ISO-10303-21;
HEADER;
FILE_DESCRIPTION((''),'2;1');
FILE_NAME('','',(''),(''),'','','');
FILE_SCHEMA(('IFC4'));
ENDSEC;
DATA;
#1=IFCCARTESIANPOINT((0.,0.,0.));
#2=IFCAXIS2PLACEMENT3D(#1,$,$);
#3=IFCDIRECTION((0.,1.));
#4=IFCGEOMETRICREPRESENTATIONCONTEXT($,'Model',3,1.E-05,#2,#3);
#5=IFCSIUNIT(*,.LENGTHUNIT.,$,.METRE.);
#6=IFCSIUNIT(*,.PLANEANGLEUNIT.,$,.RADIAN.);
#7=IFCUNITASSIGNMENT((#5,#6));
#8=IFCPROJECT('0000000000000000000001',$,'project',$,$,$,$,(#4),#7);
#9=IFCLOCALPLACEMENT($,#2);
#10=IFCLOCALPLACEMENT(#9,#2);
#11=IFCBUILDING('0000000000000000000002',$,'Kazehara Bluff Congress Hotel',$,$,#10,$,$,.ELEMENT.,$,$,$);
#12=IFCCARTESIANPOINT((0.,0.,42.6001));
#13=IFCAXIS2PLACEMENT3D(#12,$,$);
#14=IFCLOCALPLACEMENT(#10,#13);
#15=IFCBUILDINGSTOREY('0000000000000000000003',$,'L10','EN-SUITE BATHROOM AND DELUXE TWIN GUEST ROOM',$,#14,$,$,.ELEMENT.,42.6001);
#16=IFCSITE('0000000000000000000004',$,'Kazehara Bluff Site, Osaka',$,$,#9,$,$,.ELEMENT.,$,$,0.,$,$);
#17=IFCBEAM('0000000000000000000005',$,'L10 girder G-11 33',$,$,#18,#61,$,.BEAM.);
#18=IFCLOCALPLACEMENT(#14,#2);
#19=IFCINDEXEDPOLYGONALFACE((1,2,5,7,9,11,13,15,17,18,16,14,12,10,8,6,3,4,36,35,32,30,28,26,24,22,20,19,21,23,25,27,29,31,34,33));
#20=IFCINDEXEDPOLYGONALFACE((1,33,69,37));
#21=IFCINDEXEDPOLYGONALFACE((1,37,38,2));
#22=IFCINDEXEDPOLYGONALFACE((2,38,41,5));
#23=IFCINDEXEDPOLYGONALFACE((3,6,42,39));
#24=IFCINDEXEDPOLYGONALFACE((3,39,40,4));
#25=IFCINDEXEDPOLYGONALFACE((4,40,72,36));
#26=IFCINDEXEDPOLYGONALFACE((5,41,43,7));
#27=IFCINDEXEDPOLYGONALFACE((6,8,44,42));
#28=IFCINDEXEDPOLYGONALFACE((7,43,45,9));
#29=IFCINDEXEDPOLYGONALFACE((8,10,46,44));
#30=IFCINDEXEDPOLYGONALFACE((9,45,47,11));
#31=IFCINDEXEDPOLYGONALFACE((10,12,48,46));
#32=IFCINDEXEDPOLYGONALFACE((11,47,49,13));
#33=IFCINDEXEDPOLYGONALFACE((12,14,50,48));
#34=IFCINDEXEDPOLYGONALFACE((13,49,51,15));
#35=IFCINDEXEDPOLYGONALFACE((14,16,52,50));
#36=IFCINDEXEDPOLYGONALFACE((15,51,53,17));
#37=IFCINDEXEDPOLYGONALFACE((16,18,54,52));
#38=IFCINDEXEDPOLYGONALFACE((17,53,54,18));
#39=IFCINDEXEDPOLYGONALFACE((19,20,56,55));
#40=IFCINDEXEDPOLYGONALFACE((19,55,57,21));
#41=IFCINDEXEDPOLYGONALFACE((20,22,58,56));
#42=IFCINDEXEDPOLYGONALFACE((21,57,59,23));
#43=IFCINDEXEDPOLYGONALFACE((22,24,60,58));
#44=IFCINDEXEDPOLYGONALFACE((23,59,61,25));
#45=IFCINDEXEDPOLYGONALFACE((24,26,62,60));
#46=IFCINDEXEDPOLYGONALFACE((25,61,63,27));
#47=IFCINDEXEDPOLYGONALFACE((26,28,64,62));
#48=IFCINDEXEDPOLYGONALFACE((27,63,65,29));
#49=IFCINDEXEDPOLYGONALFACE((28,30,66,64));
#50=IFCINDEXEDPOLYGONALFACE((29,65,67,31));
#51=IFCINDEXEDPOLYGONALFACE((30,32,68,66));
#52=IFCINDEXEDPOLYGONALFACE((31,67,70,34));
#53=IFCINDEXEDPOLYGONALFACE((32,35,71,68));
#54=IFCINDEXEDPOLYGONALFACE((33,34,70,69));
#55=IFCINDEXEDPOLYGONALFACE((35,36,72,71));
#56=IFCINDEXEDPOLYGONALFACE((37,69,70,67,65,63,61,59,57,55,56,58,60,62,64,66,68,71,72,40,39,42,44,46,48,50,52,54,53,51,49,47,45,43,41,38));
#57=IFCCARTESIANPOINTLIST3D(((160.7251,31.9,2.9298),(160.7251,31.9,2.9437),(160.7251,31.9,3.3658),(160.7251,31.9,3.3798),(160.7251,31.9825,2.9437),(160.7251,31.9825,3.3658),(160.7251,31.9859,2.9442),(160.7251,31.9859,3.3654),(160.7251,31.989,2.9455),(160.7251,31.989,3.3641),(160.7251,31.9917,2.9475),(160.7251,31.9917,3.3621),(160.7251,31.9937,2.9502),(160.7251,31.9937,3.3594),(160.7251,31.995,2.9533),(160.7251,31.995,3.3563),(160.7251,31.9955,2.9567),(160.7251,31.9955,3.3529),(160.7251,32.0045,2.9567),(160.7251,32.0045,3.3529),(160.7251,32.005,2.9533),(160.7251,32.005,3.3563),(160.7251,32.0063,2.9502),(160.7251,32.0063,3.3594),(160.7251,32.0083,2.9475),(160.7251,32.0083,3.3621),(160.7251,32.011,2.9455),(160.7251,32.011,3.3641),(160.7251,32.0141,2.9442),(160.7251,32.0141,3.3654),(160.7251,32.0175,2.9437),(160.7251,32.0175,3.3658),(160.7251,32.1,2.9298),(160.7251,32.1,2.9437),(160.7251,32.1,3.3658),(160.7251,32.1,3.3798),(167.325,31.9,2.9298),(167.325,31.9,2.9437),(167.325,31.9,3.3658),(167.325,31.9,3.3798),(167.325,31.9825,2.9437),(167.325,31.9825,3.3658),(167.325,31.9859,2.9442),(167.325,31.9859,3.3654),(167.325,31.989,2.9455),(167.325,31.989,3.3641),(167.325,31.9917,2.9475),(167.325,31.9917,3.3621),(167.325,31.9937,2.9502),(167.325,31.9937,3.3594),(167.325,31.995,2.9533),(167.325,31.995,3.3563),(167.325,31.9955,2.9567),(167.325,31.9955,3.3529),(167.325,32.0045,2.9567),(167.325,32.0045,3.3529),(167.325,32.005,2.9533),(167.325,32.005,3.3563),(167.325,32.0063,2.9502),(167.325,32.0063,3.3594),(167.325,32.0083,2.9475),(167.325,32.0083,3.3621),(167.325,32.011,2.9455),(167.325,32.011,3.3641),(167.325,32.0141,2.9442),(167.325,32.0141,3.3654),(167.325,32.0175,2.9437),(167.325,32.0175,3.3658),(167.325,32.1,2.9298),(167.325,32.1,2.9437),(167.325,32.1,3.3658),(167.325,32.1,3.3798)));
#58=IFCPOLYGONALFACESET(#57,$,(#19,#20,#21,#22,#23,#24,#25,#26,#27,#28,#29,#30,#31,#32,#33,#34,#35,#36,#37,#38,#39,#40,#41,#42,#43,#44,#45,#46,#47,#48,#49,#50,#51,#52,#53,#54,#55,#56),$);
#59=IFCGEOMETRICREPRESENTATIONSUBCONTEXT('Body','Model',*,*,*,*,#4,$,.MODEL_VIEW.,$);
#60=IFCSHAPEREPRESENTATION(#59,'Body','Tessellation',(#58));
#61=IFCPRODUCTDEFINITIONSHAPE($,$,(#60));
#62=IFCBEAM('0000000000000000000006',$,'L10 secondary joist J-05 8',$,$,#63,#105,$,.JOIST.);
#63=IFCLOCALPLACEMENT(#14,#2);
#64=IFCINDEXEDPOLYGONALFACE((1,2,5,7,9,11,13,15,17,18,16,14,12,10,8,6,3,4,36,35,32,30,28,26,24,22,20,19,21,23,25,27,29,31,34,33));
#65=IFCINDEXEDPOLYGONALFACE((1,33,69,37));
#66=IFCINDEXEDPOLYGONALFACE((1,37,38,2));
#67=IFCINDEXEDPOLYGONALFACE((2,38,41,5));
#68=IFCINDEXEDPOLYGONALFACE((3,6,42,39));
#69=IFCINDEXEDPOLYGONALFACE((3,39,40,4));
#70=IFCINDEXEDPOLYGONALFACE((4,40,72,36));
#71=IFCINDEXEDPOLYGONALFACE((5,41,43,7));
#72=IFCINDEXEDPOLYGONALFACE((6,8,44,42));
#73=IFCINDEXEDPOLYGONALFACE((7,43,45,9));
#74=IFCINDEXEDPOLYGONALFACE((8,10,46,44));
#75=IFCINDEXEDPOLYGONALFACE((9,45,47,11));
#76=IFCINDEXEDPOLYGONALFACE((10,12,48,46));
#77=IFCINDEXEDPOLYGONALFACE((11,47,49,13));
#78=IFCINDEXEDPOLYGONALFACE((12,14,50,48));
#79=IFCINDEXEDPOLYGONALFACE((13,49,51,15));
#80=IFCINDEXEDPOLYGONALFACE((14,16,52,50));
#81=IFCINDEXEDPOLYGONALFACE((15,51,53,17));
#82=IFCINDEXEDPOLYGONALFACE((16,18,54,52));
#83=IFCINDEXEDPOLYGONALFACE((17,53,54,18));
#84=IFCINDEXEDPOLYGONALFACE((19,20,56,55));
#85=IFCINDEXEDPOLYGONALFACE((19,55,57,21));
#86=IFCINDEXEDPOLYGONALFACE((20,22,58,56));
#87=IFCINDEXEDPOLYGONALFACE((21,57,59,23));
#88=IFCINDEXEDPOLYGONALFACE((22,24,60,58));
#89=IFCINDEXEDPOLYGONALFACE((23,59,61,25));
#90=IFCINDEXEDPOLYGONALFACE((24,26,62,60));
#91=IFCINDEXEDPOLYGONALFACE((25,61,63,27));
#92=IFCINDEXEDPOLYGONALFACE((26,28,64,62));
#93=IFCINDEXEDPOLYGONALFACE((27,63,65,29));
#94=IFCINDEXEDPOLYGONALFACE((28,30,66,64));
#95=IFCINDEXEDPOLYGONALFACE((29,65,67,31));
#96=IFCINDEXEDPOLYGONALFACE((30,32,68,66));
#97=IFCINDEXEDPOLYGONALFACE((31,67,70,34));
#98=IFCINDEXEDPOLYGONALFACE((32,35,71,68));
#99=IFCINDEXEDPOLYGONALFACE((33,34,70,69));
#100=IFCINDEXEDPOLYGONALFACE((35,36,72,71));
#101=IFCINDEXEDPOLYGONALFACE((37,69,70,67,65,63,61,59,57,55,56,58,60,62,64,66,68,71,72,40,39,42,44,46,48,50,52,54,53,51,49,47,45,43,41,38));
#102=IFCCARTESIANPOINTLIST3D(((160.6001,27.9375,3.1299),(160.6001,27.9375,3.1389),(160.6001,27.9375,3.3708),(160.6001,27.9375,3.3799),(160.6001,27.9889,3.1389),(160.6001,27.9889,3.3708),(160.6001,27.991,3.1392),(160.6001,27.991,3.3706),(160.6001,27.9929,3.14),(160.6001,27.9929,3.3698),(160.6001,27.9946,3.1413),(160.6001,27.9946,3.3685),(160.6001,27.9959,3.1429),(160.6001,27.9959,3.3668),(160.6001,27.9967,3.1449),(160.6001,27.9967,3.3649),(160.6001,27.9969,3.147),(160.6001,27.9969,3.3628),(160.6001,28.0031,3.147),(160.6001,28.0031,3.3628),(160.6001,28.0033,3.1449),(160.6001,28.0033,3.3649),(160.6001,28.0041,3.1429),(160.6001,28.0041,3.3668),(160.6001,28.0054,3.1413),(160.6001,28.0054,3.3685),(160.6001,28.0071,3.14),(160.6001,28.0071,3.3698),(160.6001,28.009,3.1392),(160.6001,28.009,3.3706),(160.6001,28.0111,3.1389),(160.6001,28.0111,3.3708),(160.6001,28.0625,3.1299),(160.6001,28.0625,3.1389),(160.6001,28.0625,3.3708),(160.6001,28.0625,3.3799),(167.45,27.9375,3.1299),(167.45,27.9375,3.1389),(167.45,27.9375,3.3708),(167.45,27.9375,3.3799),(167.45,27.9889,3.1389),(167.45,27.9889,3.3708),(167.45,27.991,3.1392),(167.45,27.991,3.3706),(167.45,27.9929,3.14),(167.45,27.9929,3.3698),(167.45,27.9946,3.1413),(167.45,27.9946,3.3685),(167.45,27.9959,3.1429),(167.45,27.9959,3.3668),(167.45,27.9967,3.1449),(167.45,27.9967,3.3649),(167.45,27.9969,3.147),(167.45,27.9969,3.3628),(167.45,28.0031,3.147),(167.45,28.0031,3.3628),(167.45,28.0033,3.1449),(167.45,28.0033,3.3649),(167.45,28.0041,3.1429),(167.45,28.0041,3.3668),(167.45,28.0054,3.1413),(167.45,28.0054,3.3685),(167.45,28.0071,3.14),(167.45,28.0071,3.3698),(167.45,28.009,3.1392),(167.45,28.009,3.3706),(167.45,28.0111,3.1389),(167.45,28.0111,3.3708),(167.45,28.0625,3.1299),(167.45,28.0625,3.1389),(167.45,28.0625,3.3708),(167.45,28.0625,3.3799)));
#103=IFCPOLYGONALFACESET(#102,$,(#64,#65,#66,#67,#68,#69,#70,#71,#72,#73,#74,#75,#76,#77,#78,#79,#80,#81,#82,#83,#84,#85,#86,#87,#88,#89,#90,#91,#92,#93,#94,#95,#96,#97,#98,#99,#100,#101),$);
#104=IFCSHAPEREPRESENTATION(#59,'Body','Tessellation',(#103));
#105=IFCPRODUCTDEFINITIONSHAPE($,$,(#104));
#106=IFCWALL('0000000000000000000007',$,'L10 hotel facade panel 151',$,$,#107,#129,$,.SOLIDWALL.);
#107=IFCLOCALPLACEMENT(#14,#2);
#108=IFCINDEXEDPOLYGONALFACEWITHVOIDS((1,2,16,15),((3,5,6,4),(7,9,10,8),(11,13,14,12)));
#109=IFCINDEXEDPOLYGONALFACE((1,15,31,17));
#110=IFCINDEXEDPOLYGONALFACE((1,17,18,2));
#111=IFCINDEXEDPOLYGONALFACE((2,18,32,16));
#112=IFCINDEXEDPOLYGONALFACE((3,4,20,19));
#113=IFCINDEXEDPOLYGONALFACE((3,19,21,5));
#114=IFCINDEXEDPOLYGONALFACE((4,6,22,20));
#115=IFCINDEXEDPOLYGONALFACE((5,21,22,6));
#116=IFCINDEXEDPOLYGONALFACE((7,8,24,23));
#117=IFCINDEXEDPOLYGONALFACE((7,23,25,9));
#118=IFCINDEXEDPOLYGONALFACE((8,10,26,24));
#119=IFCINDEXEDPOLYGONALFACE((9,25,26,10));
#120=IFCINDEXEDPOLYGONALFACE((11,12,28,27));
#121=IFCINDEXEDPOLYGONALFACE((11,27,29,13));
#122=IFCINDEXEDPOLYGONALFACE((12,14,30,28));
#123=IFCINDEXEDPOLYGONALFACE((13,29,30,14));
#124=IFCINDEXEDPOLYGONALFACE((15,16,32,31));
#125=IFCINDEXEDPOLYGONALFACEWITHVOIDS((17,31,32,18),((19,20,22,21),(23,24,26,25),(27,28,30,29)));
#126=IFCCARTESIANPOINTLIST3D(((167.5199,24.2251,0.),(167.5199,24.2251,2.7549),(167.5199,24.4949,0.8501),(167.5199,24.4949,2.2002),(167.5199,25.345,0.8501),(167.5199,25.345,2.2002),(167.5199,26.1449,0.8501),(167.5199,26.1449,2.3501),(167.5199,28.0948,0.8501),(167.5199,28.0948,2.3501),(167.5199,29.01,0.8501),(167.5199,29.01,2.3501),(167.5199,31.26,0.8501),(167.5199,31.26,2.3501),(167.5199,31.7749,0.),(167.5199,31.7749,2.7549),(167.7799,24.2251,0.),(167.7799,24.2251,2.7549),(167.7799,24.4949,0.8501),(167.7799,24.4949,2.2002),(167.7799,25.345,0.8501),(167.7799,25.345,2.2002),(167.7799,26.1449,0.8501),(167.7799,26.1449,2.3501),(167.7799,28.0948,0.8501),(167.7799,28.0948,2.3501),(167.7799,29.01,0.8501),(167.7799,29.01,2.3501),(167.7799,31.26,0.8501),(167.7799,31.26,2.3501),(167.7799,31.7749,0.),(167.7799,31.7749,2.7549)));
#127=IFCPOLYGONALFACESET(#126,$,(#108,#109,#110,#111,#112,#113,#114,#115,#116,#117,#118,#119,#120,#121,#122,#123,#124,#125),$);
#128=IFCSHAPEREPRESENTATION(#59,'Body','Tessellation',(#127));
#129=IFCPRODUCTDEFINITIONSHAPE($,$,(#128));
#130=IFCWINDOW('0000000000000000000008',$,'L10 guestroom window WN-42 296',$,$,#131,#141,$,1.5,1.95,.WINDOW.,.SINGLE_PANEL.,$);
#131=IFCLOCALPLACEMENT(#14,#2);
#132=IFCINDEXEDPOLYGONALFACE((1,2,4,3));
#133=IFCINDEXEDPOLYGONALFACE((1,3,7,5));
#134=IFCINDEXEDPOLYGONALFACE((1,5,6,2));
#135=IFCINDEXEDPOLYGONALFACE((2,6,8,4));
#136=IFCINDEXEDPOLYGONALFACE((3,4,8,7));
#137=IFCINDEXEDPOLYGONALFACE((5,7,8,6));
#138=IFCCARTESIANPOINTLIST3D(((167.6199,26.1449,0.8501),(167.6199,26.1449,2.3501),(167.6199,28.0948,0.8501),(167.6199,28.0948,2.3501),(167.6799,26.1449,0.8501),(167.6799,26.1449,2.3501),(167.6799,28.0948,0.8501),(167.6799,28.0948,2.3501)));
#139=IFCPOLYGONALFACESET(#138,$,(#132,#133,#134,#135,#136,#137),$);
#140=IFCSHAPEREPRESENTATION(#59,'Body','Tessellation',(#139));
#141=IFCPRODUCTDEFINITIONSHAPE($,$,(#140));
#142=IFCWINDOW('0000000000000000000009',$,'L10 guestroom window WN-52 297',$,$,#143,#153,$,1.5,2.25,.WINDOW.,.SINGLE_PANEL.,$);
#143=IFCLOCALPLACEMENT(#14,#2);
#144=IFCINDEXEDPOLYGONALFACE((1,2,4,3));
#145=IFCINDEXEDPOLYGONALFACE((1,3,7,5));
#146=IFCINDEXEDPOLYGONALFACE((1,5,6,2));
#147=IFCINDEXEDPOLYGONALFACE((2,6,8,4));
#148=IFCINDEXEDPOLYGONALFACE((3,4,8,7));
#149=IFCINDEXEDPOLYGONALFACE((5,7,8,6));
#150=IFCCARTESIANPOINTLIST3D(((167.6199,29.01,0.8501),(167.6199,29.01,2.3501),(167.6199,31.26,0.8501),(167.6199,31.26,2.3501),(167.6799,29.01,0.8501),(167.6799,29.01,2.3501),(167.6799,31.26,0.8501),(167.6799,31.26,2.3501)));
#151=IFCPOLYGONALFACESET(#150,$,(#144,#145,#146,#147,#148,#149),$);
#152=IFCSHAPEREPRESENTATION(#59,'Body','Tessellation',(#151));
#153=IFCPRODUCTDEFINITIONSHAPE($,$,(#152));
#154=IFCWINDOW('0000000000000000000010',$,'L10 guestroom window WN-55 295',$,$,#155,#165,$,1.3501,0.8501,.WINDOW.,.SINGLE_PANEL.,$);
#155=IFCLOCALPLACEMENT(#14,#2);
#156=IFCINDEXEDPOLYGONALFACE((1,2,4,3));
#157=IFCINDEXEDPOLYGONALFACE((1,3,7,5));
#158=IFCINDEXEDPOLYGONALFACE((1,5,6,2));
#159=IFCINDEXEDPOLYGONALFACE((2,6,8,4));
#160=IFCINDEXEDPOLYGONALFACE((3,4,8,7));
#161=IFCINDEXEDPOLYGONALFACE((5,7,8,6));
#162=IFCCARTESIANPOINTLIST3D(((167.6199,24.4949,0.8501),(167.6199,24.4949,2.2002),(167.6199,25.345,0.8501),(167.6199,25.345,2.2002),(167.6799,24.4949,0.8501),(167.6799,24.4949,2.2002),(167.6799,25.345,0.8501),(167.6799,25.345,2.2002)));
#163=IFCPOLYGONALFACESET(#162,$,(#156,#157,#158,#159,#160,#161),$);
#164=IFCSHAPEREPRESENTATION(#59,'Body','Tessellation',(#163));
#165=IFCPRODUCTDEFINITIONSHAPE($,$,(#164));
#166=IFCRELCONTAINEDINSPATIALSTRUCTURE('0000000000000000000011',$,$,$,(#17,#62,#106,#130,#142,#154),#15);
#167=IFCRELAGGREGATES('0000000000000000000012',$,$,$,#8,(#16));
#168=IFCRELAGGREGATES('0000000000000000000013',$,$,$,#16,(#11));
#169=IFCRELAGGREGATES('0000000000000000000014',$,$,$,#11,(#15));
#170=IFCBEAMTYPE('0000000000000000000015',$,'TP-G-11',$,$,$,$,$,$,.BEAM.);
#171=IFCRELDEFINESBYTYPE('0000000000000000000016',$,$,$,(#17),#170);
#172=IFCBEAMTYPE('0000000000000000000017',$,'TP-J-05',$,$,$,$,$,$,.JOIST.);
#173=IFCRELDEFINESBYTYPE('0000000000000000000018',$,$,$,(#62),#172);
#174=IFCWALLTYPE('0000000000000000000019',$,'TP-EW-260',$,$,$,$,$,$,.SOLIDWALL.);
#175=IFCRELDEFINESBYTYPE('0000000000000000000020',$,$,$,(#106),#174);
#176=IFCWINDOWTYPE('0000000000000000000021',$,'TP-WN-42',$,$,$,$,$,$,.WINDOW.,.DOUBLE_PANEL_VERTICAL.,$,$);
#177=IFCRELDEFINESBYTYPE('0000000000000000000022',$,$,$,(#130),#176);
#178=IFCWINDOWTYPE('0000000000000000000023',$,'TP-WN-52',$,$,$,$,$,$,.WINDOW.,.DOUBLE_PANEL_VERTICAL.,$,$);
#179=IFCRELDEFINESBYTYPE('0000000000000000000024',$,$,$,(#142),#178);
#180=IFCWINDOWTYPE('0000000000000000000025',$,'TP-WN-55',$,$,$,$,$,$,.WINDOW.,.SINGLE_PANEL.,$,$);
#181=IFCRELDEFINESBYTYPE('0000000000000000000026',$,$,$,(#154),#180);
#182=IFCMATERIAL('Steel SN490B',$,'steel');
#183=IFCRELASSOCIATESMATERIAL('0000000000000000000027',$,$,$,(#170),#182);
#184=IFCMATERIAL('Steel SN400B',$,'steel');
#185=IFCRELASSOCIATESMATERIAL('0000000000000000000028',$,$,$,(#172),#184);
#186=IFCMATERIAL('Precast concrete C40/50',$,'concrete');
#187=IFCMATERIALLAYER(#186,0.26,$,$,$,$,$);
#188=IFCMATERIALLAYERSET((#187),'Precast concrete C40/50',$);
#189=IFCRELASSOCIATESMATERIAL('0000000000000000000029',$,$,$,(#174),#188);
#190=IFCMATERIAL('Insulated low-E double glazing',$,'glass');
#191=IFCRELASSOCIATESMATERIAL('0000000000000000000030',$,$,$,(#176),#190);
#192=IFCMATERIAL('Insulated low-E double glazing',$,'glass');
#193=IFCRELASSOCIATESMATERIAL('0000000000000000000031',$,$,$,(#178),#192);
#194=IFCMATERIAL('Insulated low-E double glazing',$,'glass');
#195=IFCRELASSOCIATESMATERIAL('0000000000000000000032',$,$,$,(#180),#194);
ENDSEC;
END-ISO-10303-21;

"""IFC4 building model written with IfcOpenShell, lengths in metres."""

from ifc_helpers import new_model, si_unit, direction, frame, frame_2d, origin, origin_2d, place, context, subcontext, project, spatial, rectangle, i_section, extrude, material, layer, layer_set, material_profile, profile_set, type_object, element, fill, save


model = new_model("IFC4")

# Units and contexts
model_context = context("Model", 3, precision=1e-05, world=origin(), true_north=direction((0.0, 1.0)))
body_context = subcontext(model_context, "Body", "Model", "MODEL_VIEW")
ifc_project = project(units=[si_unit("LENGTHUNIT", "METRE"), si_unit("PLANEANGLEUNIT", "RADIAN")], contexts=[model_context])

# Site, building, storey
site_placement = place(None, origin())
site = spatial("IfcSite", under=ifc_project, at=site_placement, Name="Kazehara Bluff Site, Osaka", CompositionType="ELEMENT", RefElevation=0.0)
building_placement = place(site_placement, origin())
building = spatial("IfcBuilding", under=site, at=building_placement, Name="Kazehara Bluff Congress Hotel", CompositionType="ELEMENT")
storey_placement = place(building_placement, frame((0.0, 0.0, 42.6001)))
storey = spatial("IfcBuildingStorey", under=building, at=storey_placement, Name="L10", Description="EN-SUITE BATHROOM AND DELUXE TWIN GUEST ROOM", CompositionType="ELEMENT", Elevation=42.6001)

# Beams
ifc_material_1 = material(Name="Steel SN490B", Category="steel")
ifc_material_profile_1 = material_profile(ifc_material_1, i_section(OverallWidth=0.2, OverallDepth=0.45, WebThickness=0.009, FlangeThickness=0.0139, FilletRadius=0.0129, at=origin_2d()))
ifc_profile_set_1 = profile_set([ifc_material_profile_1], Name="Steel SN490B")
beam_type_1 = type_object("IfcBeamType", Name="TP-G-11", PredefinedType="BEAM", material=ifc_profile_set_1)
beam_1_placement = place(storey_placement, frame((160.7251, 32.0, 3.1548), z_axis=(1.0, 0.0, 0.0), x_axis=(0.0, 1.0, 0.0)))
element("IfcBeam", 1, at=beam_1_placement, inside=storey, type_object=beam_type_1, Name="L10 girder G-11 33", PredefinedType="BEAM", context=body_context, shape_type="SweptSolid", body=[
    extrude(i_section(OverallWidth=0.2, OverallDepth=0.45, WebThickness=0.009, FlangeThickness=0.0139, FilletRadius=0.0129, at=origin_2d()), origin(), (0.0, 0.0, 1.0), 6.5999),
])
ifc_material_2 = material(Name="Steel SN400B", Category="steel")
ifc_material_profile_2 = material_profile(ifc_material_2, i_section(OverallWidth=0.125, OverallDepth=0.25, WebThickness=0.0061, FlangeThickness=0.009, FilletRadius=0.0081, at=origin_2d()))
ifc_profile_set_2 = profile_set([ifc_material_profile_2], Name="Steel SN400B")
beam_type_2 = type_object("IfcBeamType", Name="TP-J-05", PredefinedType="JOIST", material=ifc_profile_set_2)
beam_2_placement = place(storey_placement, frame((160.6001, 28.0, 3.2549), z_axis=(1.0, 0.0, 0.0), x_axis=(0.0, 1.0, 0.0)))
element("IfcBeam", 2, at=beam_2_placement, inside=storey, type_object=beam_type_2, Name="L10 secondary joist J-05 8", PredefinedType="JOIST", context=body_context, shape_type="SweptSolid", body=[
    extrude(i_section(OverallWidth=0.125, OverallDepth=0.25, WebThickness=0.0061, FlangeThickness=0.009, FilletRadius=0.0081, at=origin_2d()), origin(), (0.0, 0.0, 1.0), 6.8499),
])

# Wall, openings, windows
ifc_material_3 = material(Name="Precast concrete C40/50", Category="concrete")
ifc_layer_1 = layer(ifc_material_3, 0.26)
ifc_layer_set_1 = layer_set([ifc_layer_1], Name="Precast concrete C40/50")
wall_type_1 = type_object("IfcWallType", Name="TP-EW-260", PredefinedType="SOLIDWALL", material=ifc_layer_set_1)
wall_1_placement = place(storey_placement, frame((167.6499, 31.7749, 0.0), z_axis=(0.0, 0.0, 1.0), x_axis=(0.0, -1.0, 0.0)))
wall_1 = element("IfcWall", 3, at=wall_1_placement, inside=storey, type_object=wall_type_1, Name="L10 hotel facade panel 151", PredefinedType="SOLIDWALL", context=body_context, shape_type="SweptSolid", body=[
    extrude(rectangle(XDim=7.5498, YDim=0.26, at=frame_2d((3.7749, 0.0))), origin(), (0.0, 0.0, 1.0), 2.7549),
])
opening_1_placement = place(wall_1_placement, frame((6.4299, 0.0, 0.8501)))
opening_1 = element("IfcOpeningElement", 4, at=opening_1_placement, cuts=wall_1, PredefinedType="OPENING", context=body_context, shape_type="SweptSolid", body=[
    extrude(rectangle(XDim=0.8501, YDim=1.3501, at=frame_2d((0.425, 0.675))), frame((0.0, 0.1399, 0.0), z_axis=(0.0, -1.0, 0.0), x_axis=(1.0, 0.0, 0.0)), (0.0, 0.0, 1.0), 0.28),
])
opening_2_placement = place(wall_1_placement, frame((3.6799, 0.0, 0.8501)))
opening_2 = element("IfcOpeningElement", 5, at=opening_2_placement, cuts=wall_1, PredefinedType="OPENING", context=body_context, shape_type="SweptSolid", body=[
    extrude(rectangle(XDim=1.95, YDim=1.5, at=frame_2d((0.9751, 0.75))), frame((0.0, 0.1399, 0.0), z_axis=(0.0, -1.0, 0.0), x_axis=(1.0, 0.0, 0.0)), (0.0, 0.0, 1.0), 0.28),
])
opening_3_placement = place(wall_1_placement, frame((0.5149, 0.0, 0.8501)))
opening_3 = element("IfcOpeningElement", 6, at=opening_3_placement, cuts=wall_1, PredefinedType="OPENING", context=body_context, shape_type="SweptSolid", body=[
    extrude(rectangle(XDim=2.25, YDim=1.5, at=frame_2d((1.125, 0.75))), frame((0.0, 0.1399, 0.0), z_axis=(0.0, -1.0, 0.0), x_axis=(1.0, 0.0, 0.0)), (0.0, 0.0, 1.0), 0.28),
])
ifc_material_4 = material(Name="Insulated low-E double glazing", Category="glass")
window_type_1 = type_object("IfcWindowType", Name="TP-WN-42", PartitioningType="DOUBLE_PANEL_VERTICAL", PredefinedType="WINDOW", material=ifc_material_4)
window_1_placement = place(opening_2_placement, origin())
window_1 = element("IfcWindow", 7, at=window_1_placement, inside=storey, type_object=window_type_1, Name="L10 guestroom window WN-42 296", OverallHeight=1.5, OverallWidth=1.95, PartitioningType="SINGLE_PANEL", PredefinedType="WINDOW", context=body_context, shape_type="SweptSolid", body=[
    extrude(rectangle(XDim=1.95, YDim=1.5, at=frame_2d((0.9751, 0.75))), frame((0.0, 0.03, 0.0), z_axis=(0.0, -1.0, 0.0), x_axis=(1.0, 0.0, 0.0)), (0.0, 0.0, 1.0), 0.0601),
])
fill(opening_2, window_1)
ifc_material_5 = material(Name="Insulated low-E double glazing", Category="glass")
window_type_2 = type_object("IfcWindowType", Name="TP-WN-52", PartitioningType="DOUBLE_PANEL_VERTICAL", PredefinedType="WINDOW", material=ifc_material_5)
window_2_placement = place(opening_3_placement, origin())
window_2 = element("IfcWindow", 8, at=window_2_placement, inside=storey, type_object=window_type_2, Name="L10 guestroom window WN-52 297", OverallHeight=1.5, OverallWidth=2.25, PartitioningType="SINGLE_PANEL", PredefinedType="WINDOW", context=body_context, shape_type="SweptSolid", body=[
    extrude(rectangle(XDim=2.25, YDim=1.5, at=frame_2d((1.125, 0.75))), frame((0.0, 0.03, 0.0), z_axis=(0.0, -1.0, 0.0), x_axis=(1.0, 0.0, 0.0)), (0.0, 0.0, 1.0), 0.0601),
])
fill(opening_3, window_2)
ifc_material_6 = material(Name="Insulated low-E double glazing", Category="glass")
window_type_3 = type_object("IfcWindowType", Name="TP-WN-55", PartitioningType="SINGLE_PANEL", PredefinedType="WINDOW", material=ifc_material_6)
window_3_placement = place(opening_1_placement, origin())
window_3 = element("IfcWindow", 9, at=window_3_placement, inside=storey, type_object=window_type_3, Name="L10 guestroom window WN-55 295", OverallHeight=1.3501, OverallWidth=0.8501, PartitioningType="SINGLE_PANEL", PredefinedType="WINDOW", context=body_context, shape_type="SweptSolid", body=[
    extrude(rectangle(XDim=0.8501, YDim=1.3501, at=frame_2d((0.425, 0.675))), frame((0.0, 0.03, 0.0), z_axis=(0.0, -1.0, 0.0), x_axis=(1.0, 0.0, 0.0)), (0.0, 0.0, 1.0), 0.0601),
])
fill(opening_1, window_3)

save(model, "model.ifc")
